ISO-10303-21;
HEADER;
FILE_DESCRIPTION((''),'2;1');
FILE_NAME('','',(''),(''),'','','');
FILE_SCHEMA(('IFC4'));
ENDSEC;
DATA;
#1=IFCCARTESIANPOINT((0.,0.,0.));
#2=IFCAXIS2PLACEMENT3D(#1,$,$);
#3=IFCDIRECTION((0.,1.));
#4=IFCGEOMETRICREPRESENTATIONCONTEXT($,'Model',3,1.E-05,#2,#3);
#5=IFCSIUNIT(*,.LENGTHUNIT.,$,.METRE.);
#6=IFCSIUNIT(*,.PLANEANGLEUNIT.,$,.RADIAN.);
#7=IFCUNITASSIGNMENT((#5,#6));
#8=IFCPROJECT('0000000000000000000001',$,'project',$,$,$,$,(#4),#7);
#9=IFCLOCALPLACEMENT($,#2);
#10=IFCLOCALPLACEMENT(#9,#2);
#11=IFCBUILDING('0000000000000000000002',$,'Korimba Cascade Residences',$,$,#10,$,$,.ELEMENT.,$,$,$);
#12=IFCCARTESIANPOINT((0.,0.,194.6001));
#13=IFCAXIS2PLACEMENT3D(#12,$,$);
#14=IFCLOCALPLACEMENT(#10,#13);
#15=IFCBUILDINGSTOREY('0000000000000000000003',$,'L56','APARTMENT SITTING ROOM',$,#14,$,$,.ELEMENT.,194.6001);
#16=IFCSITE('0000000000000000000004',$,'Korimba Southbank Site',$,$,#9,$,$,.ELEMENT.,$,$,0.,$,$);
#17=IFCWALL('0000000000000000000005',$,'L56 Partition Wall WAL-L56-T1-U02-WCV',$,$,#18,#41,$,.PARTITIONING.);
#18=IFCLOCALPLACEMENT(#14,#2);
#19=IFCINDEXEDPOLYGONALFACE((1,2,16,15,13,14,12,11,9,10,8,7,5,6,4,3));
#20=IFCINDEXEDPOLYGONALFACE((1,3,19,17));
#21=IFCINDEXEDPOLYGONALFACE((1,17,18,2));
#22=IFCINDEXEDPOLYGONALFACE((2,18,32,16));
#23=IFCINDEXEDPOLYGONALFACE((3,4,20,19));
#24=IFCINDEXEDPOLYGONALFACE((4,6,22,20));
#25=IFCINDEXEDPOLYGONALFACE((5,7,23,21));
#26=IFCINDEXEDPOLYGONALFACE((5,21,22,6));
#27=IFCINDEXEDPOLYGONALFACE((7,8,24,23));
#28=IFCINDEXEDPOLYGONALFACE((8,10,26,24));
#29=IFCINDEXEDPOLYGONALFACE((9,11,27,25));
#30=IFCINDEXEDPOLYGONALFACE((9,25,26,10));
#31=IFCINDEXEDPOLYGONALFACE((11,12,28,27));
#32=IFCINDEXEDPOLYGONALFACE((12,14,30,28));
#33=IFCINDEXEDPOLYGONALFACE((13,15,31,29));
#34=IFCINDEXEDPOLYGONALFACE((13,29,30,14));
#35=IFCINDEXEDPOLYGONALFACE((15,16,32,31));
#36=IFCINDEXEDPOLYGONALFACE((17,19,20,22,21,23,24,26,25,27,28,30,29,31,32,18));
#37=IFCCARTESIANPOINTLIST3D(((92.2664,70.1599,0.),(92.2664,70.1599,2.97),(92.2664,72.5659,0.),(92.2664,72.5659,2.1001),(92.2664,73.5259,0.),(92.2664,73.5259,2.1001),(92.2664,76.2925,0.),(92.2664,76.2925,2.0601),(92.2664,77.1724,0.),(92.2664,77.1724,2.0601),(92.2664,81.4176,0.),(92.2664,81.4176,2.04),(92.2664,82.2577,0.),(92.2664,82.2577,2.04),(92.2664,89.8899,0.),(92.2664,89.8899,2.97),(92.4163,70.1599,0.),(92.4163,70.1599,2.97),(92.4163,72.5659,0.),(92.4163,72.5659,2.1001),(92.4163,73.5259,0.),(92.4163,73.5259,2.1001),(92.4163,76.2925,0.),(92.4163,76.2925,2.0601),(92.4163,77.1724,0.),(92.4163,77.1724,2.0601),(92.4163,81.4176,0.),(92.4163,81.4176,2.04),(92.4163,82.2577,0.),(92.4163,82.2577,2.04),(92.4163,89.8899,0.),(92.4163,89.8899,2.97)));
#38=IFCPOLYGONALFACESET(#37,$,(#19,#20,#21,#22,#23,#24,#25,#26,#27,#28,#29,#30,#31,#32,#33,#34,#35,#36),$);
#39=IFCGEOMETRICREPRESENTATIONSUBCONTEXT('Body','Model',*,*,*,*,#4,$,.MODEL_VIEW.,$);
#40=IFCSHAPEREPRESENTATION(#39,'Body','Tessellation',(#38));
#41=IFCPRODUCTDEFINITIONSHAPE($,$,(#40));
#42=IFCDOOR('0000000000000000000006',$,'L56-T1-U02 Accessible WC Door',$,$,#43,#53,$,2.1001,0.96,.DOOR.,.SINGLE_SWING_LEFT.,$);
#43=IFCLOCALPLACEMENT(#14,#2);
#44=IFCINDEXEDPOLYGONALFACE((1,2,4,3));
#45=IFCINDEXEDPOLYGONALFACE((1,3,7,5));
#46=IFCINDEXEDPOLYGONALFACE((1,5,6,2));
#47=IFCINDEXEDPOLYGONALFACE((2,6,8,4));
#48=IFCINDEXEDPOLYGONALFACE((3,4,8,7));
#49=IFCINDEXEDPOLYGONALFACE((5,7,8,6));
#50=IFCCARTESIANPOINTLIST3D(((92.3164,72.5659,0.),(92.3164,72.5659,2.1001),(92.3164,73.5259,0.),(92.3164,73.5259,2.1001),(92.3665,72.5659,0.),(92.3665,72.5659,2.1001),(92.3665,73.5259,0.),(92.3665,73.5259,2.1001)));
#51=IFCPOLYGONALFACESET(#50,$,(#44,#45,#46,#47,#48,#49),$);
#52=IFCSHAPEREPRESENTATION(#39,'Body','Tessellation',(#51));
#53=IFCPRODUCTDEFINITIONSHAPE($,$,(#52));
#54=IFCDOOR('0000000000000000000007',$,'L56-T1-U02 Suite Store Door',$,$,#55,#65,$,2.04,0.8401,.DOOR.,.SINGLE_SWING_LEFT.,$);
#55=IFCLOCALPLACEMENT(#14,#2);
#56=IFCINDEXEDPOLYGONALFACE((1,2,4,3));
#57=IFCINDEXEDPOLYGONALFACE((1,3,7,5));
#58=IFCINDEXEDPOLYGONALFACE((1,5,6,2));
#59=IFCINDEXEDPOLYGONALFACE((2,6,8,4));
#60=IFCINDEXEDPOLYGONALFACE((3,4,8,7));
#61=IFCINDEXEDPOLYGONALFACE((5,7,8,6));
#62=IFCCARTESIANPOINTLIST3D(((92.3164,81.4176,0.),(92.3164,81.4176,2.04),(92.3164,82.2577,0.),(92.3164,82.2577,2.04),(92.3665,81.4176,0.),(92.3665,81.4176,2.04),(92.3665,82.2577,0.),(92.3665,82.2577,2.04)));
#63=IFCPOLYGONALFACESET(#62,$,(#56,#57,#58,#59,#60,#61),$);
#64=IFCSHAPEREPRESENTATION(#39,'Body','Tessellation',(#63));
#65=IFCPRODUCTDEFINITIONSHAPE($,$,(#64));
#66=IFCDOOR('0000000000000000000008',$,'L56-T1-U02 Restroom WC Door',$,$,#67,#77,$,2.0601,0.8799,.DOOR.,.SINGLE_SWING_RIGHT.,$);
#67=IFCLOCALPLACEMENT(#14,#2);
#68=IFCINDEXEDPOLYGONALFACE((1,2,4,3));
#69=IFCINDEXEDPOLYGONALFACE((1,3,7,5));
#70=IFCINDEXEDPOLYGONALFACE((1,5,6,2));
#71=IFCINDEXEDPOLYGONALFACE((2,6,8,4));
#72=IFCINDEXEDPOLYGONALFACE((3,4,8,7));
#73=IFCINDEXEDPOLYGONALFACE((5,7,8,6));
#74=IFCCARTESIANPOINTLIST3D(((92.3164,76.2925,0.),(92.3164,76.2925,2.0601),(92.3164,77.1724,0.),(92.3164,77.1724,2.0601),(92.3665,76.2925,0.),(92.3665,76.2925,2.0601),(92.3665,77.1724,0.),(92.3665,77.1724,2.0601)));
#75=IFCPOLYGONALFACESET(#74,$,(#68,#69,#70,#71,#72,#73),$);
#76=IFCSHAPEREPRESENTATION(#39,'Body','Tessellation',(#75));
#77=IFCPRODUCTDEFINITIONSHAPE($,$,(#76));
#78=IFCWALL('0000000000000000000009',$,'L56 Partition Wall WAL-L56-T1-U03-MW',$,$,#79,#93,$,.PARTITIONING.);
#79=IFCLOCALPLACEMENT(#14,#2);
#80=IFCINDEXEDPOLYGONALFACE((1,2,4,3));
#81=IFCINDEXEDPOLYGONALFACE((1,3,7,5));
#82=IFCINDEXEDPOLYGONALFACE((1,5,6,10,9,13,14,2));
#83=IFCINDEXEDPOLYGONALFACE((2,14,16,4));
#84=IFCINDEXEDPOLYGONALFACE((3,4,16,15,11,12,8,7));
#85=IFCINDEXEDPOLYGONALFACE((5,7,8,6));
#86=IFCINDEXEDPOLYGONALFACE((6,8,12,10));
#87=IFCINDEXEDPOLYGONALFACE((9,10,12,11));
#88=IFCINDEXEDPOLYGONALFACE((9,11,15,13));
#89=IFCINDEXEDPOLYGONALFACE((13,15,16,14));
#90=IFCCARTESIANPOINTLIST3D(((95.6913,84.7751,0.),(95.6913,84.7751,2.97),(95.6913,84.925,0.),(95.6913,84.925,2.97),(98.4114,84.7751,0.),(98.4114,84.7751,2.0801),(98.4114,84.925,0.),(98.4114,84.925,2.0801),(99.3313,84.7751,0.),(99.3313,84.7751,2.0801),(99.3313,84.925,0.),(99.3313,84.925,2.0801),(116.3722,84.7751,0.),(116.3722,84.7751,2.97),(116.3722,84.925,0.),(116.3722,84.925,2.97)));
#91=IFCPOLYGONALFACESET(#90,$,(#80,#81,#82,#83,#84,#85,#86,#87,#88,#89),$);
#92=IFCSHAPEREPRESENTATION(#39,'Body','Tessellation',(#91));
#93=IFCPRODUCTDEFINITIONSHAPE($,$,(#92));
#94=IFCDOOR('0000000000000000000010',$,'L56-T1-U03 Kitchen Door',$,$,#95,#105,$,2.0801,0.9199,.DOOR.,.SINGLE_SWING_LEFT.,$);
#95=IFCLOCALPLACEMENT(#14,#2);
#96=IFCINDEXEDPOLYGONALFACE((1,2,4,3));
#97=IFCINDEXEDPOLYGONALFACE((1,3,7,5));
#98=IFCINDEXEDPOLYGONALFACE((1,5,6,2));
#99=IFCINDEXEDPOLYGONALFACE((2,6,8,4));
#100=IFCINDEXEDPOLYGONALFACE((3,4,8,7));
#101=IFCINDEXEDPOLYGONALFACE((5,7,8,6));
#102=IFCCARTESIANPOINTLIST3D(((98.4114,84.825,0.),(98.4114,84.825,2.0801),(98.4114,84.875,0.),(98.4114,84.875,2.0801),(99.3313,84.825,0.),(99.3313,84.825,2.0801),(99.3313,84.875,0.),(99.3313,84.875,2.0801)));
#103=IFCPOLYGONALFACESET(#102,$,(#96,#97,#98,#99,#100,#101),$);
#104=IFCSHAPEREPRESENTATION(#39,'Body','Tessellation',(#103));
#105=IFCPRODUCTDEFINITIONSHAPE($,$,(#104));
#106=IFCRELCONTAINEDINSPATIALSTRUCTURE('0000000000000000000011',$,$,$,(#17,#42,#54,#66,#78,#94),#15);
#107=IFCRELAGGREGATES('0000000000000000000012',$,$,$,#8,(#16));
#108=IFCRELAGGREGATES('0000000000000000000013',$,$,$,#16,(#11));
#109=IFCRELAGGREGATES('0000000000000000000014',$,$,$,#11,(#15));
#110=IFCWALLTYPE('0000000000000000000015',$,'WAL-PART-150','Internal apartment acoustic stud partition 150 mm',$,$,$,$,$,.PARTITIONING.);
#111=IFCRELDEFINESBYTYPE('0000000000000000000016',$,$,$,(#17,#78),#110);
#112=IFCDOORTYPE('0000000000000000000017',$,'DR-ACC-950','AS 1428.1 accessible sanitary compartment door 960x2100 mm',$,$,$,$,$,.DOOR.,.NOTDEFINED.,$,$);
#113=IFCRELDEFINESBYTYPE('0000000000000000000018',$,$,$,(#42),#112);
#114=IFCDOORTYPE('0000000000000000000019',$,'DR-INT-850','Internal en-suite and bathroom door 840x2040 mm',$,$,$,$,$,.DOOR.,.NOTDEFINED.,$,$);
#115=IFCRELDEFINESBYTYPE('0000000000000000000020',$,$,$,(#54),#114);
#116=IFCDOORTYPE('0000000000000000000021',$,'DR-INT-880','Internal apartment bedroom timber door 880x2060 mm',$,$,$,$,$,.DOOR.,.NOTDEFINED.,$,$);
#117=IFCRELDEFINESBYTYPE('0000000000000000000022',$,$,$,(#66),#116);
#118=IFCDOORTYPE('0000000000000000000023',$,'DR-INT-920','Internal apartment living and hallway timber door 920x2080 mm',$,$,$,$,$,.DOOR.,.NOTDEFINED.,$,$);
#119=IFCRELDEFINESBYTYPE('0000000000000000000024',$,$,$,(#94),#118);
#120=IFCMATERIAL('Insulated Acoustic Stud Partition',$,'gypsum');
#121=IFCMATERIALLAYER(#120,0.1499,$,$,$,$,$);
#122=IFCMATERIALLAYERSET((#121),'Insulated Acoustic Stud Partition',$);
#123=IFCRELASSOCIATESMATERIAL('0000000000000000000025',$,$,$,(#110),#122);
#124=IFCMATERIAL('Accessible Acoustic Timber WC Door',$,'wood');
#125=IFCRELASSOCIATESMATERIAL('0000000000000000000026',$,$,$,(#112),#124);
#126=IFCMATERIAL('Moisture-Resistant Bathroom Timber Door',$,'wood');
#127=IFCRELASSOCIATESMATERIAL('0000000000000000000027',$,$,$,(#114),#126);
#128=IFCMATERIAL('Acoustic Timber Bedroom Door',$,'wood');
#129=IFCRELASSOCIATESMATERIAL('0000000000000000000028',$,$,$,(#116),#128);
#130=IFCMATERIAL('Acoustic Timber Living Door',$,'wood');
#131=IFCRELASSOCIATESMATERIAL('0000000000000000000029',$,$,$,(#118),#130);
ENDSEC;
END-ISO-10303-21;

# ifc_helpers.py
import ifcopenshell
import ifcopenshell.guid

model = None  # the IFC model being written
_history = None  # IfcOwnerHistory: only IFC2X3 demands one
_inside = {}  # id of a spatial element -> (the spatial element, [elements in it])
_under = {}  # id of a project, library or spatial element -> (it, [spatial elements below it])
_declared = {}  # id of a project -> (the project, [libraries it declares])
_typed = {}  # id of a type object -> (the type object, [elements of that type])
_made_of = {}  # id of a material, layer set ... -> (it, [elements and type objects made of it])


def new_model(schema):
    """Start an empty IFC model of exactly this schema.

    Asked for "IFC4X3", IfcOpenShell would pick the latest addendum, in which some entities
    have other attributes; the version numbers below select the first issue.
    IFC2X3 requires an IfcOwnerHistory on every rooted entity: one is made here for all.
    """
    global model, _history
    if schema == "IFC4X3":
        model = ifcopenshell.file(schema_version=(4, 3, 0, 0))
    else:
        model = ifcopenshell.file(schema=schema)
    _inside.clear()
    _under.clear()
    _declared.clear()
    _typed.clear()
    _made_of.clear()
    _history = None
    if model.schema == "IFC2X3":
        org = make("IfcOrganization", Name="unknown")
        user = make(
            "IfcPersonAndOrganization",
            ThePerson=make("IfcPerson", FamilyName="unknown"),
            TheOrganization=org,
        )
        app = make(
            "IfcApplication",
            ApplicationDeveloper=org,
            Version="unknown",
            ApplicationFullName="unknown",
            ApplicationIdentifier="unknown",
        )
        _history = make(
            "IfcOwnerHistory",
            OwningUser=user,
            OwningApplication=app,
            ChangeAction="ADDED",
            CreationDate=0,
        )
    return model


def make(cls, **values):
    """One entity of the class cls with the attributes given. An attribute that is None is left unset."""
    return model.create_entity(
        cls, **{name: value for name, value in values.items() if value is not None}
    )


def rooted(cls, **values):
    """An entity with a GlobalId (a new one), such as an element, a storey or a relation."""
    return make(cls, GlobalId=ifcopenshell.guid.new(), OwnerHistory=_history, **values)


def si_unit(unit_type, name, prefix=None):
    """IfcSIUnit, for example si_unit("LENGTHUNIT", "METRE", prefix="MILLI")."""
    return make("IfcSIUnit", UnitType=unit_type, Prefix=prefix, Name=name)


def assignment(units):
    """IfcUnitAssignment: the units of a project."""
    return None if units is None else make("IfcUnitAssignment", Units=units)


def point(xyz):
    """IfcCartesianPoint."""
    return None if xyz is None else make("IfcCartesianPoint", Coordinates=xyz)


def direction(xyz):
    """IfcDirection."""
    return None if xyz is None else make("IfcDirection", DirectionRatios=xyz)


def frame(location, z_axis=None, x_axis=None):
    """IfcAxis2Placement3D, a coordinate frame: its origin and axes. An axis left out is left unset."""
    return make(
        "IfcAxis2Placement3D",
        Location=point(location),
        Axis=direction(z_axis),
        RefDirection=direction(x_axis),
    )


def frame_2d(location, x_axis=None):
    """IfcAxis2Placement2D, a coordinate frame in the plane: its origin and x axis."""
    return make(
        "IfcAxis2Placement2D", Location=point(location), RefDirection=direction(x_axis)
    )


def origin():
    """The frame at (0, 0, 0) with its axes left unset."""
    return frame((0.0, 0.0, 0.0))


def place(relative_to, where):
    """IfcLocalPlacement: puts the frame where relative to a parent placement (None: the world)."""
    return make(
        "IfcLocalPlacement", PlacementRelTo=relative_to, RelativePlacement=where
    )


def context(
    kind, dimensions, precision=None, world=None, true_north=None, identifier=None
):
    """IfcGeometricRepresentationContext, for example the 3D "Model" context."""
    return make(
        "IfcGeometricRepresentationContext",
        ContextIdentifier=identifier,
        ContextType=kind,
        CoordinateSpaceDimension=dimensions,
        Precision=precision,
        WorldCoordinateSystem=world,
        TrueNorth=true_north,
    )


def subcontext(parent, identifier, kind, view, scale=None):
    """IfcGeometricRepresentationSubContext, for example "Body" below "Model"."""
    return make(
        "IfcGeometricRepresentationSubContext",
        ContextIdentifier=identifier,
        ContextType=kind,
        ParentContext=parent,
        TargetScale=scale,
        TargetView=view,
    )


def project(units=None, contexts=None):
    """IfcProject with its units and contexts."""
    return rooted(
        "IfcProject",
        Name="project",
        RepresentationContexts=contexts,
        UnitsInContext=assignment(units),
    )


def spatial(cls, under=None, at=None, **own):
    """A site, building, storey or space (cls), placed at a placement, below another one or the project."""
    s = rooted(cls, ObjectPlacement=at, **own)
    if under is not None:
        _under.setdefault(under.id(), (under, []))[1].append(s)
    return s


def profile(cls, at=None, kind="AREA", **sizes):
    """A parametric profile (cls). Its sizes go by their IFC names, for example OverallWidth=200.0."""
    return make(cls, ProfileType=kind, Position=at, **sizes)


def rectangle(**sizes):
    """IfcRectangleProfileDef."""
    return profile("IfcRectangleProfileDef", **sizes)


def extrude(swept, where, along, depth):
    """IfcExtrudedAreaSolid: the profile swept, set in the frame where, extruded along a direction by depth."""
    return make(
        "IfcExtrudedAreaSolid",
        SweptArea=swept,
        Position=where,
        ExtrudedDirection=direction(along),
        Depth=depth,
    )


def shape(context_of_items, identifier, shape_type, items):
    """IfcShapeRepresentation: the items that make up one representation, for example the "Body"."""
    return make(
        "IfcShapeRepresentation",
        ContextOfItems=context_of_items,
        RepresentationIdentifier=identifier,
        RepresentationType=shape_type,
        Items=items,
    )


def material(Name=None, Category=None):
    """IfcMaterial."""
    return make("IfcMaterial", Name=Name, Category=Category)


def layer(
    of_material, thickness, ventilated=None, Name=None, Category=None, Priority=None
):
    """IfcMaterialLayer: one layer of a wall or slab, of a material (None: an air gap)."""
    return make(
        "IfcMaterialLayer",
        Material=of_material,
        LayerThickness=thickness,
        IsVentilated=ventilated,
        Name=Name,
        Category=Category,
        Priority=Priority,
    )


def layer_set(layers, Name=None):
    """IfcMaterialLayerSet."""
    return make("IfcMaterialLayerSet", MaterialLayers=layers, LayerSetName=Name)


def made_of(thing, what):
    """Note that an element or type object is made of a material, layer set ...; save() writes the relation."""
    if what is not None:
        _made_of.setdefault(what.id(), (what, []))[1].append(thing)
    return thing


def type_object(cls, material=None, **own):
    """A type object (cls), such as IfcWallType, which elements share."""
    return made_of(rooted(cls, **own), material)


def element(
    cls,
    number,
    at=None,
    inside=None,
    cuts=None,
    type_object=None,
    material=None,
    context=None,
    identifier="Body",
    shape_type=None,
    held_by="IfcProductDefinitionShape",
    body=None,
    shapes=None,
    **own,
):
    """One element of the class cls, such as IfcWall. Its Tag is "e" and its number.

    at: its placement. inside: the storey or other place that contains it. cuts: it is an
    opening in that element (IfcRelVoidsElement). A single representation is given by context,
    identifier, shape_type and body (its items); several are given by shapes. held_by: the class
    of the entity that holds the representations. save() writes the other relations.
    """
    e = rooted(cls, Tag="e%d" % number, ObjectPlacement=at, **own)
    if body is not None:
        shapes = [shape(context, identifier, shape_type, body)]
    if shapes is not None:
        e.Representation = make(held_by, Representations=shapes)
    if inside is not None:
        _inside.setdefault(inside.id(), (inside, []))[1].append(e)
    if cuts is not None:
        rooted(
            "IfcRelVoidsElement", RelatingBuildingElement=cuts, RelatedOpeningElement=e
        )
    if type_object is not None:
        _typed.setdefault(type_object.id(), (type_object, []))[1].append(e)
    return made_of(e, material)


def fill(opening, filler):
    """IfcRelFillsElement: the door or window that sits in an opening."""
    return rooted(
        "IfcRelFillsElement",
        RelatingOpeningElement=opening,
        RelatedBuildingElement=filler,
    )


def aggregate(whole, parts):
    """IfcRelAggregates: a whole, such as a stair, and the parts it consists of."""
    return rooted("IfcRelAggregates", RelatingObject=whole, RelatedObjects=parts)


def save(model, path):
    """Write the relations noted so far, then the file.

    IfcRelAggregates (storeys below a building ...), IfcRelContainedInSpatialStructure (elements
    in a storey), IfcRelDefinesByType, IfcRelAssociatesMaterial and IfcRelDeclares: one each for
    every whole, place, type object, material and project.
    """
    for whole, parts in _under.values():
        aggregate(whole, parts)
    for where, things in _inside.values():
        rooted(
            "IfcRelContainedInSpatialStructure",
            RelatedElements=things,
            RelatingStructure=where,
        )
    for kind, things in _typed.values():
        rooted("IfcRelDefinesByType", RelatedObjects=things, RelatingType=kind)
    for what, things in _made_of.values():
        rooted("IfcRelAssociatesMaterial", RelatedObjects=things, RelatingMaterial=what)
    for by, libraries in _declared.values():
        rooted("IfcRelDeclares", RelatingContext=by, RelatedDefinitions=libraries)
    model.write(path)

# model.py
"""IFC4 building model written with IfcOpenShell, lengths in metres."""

from ifc_helpers import new_model, si_unit, direction, frame, frame_2d, origin, place, context, subcontext, project, spatial, rectangle, extrude, material, layer, layer_set, type_object, element, fill, save


model = new_model("IFC4")

# Units and contexts
model_context = context("Model", 3, precision=1e-05, world=origin(), true_north=direction((0.0, 1.0)))
body_context = subcontext(model_context, "Body", "Model", "MODEL_VIEW")
ifc_project = project(units=[si_unit("LENGTHUNIT", "METRE"), si_unit("PLANEANGLEUNIT", "RADIAN")], contexts=[model_context])

# Site, building, storey
site_placement = place(None, origin())
site = spatial("IfcSite", under=ifc_project, at=site_placement, Name="Korimba Southbank Site", CompositionType="ELEMENT", RefElevation=0.0)
building_placement = place(site_placement, origin())
building = spatial("IfcBuilding", under=site, at=building_placement, Name="Korimba Cascade Residences", CompositionType="ELEMENT")
storey_placement = place(building_placement, frame((0.0, 0.0, 194.6001)))
storey = spatial("IfcBuildingStorey", under=building, at=storey_placement, Name="L56", Description="APARTMENT SITTING ROOM", CompositionType="ELEMENT", Elevation=194.6001)

# Shared definitions
ifc_material_1 = material(Name="Insulated Acoustic Stud Partition", Category="gypsum")
ifc_layer_1 = layer(ifc_material_1, 0.1499)
ifc_layer_set_1 = layer_set([ifc_layer_1], Name="Insulated Acoustic Stud Partition")
wall_type_1 = type_object("IfcWallType", Name="WAL-PART-150", Description="Internal apartment acoustic stud partition 150 mm", PredefinedType="PARTITIONING", material=ifc_layer_set_1)

# Wall, openings, doors
wall_1_placement = place(storey_placement, frame((92.3413, 70.1599, 0.0), z_axis=(0.0, 0.0, 1.0), x_axis=(0.0, 1.0, 0.0)))
wall_1 = element("IfcWall", 1, at=wall_1_placement, inside=storey, type_object=wall_type_1, Name="L56 Partition Wall WAL-L56-T1-U02-WCV", PredefinedType="PARTITIONING", context=body_context, shape_type="SweptSolid", body=[
    extrude(rectangle(XDim=19.73, YDim=0.1499, at=frame_2d((9.865, 0.0))), origin(), (0.0, 0.0, 1.0), 2.97),
])
opening_1_placement = place(wall_1_placement, frame((2.406, 0.0, 0.0)))
opening_1 = element("IfcOpeningElement", 2, at=opening_1_placement, cuts=wall_1, PredefinedType="OPENING", context=body_context, shape_type="SweptSolid", body=[
    extrude(rectangle(XDim=0.96, YDim=2.1001, at=frame_2d((0.48, 1.05))), frame((0.0, 0.085, 0.0), z_axis=(0.0, -1.0, 0.0), x_axis=(1.0, 0.0, 0.0)), (0.0, 0.0, 1.0), 0.1699),
])
opening_2_placement = place(wall_1_placement, frame((6.1326, 0.0, 0.0)))
opening_2 = element("IfcOpeningElement", 3, at=opening_2_placement, cuts=wall_1, PredefinedType="OPENING", context=body_context, shape_type="SweptSolid", body=[
    extrude(rectangle(XDim=0.8799, YDim=2.0601, at=frame_2d((0.4399, 1.03))), frame((0.0, 0.085, 0.0), z_axis=(0.0, -1.0, 0.0), x_axis=(1.0, 0.0, 0.0)), (0.0, 0.0, 1.0), 0.1699),
])
opening_3_placement = place(wall_1_placement, frame((11.2578, 0.0, 0.0)))
opening_3 = element("IfcOpeningElement", 4, at=opening_3_placement, cuts=wall_1, PredefinedType="OPENING", context=body_context, shape_type="SweptSolid", body=[
    extrude(rectangle(XDim=0.8401, YDim=2.04, at=frame_2d((0.4199, 1.02))), frame((0.0, 0.085, 0.0), z_axis=(0.0, -1.0, 0.0), x_axis=(1.0, 0.0, 0.0)), (0.0, 0.0, 1.0), 0.1699),
])
ifc_material_2 = material(Name="Accessible Acoustic Timber WC Door", Category="wood")
door_type_1 = type_object("IfcDoorType", Name="DR-ACC-950", Description="AS 1428.1 accessible sanitary compartment door 960x2100 mm", OperationType="NOTDEFINED", PredefinedType="DOOR", material=ifc_material_2)
door_1_placement = place(opening_1_placement, origin())
door_1 = element("IfcDoor", 5, at=door_1_placement, inside=storey, type_object=door_type_1, Name="L56-T1-U02 Accessible WC Door", OperationType="SINGLE_SWING_LEFT", OverallHeight=2.1001, OverallWidth=0.96, PredefinedType="DOOR", context=body_context, shape_type="SweptSolid", body=[
    extrude(rectangle(XDim=0.96, YDim=2.1001, at=frame_2d((0.48, 1.05))), frame((0.0, 0.0249, 0.0), z_axis=(0.0, -1.0, 0.0), x_axis=(1.0, 0.0, 0.0)), (0.0, 0.0, 1.0), 0.05),
])
fill(opening_1, door_1)
ifc_material_3 = material(Name="Moisture-Resistant Bathroom Timber Door", Category="wood")
door_type_2 = type_object("IfcDoorType", Name="DR-INT-850", Description="Internal en-suite and bathroom door 840x2040 mm", OperationType="NOTDEFINED", PredefinedType="DOOR", material=ifc_material_3)
door_2_placement = place(opening_3_placement, origin())
door_2 = element("IfcDoor", 6, at=door_2_placement, inside=storey, type_object=door_type_2, Name="L56-T1-U02 Suite Store Door", OperationType="SINGLE_SWING_LEFT", OverallHeight=2.04, OverallWidth=0.8401, PredefinedType="DOOR", context=body_context, shape_type="SweptSolid", body=[
    extrude(rectangle(XDim=0.8401, YDim=2.04, at=frame_2d((0.4199, 1.02))), frame((0.0, 0.0249, 0.0), z_axis=(0.0, -1.0, 0.0), x_axis=(1.0, 0.0, 0.0)), (0.0, 0.0, 1.0), 0.05),
])
fill(opening_3, door_2)
ifc_material_4 = material(Name="Acoustic Timber Bedroom Door", Category="wood")
door_type_3 = type_object("IfcDoorType", Name="DR-INT-880", Description="Internal apartment bedroom timber door 880x2060 mm", OperationType="NOTDEFINED", PredefinedType="DOOR", material=ifc_material_4)
door_3_placement = place(opening_2_placement, origin())
door_3 = element("IfcDoor", 7, at=door_3_placement, inside=storey, type_object=door_type_3, Name="L56-T1-U02 Restroom WC Door", OperationType="SINGLE_SWING_RIGHT", OverallHeight=2.0601, OverallWidth=0.8799, PredefinedType="DOOR", context=body_context, shape_type="SweptSolid", body=[
    extrude(rectangle(XDim=0.8799, YDim=2.0601, at=frame_2d((0.4399, 1.03))), frame((0.0, 0.0249, 0.0), z_axis=(0.0, -1.0, 0.0), x_axis=(1.0, 0.0, 0.0)), (0.0, 0.0, 1.0), 0.05),
])
fill(opening_2, door_3)

# Wall, opening, door
wall_2_placement = place(storey_placement, frame((95.6914, 84.8501, 0.0), z_axis=(0.0, 0.0, 1.0), x_axis=(1.0, 0.0, 0.0)))
wall_2 = element("IfcWall", 8, at=wall_2_placement, inside=storey, type_object=wall_type_1, Name="L56 Partition Wall WAL-L56-T1-U03-MW", PredefinedType="PARTITIONING", context=body_context, shape_type="SweptSolid", body=[
    extrude(rectangle(XDim=20.6809, YDim=0.1499, at=frame_2d((10.3403, 0.0))), origin(), (0.0, 0.0, 1.0), 2.97),
])
opening_4_placement = place(wall_2_placement, frame((2.72, 0.0, 0.0)))
opening_4 = element("IfcOpeningElement", 9, at=opening_4_placement, cuts=wall_2, PredefinedType="OPENING", context=body_context, shape_type="SweptSolid", body=[
    extrude(rectangle(XDim=0.9199, YDim=2.0801, at=frame_2d((0.46, 1.04))), frame((0.0, 0.085, 0.0), z_axis=(0.0, -1.0, 0.0), x_axis=(1.0, 0.0, 0.0)), (0.0, 0.0, 1.0), 0.1699),
])
ifc_material_5 = material(Name="Acoustic Timber Living Door", Category="wood")
door_type_4 = type_object("IfcDoorType", Name="DR-INT-920", Description="Internal apartment living and hallway timber door 920x2080 mm", OperationType="NOTDEFINED", PredefinedType="DOOR", material=ifc_material_5)
door_4_placement = place(opening_4_placement, origin())
door_4 = element("IfcDoor", 10, at=door_4_placement, inside=storey, type_object=door_type_4, Name="L56-T1-U03 Kitchen Door", OperationType="SINGLE_SWING_LEFT", OverallHeight=2.0801, OverallWidth=0.9199, PredefinedType="DOOR", context=body_context, shape_type="SweptSolid", body=[
    extrude(rectangle(XDim=0.9199, YDim=2.0801, at=frame_2d((0.46, 1.04))), frame((0.0, 0.0249, 0.0), z_axis=(0.0, -1.0, 0.0), x_axis=(1.0, 0.0, 0.0)), (0.0, 0.0, 1.0), 0.05),
])
fill(opening_4, door_4)

save(model, "model.ifc")
